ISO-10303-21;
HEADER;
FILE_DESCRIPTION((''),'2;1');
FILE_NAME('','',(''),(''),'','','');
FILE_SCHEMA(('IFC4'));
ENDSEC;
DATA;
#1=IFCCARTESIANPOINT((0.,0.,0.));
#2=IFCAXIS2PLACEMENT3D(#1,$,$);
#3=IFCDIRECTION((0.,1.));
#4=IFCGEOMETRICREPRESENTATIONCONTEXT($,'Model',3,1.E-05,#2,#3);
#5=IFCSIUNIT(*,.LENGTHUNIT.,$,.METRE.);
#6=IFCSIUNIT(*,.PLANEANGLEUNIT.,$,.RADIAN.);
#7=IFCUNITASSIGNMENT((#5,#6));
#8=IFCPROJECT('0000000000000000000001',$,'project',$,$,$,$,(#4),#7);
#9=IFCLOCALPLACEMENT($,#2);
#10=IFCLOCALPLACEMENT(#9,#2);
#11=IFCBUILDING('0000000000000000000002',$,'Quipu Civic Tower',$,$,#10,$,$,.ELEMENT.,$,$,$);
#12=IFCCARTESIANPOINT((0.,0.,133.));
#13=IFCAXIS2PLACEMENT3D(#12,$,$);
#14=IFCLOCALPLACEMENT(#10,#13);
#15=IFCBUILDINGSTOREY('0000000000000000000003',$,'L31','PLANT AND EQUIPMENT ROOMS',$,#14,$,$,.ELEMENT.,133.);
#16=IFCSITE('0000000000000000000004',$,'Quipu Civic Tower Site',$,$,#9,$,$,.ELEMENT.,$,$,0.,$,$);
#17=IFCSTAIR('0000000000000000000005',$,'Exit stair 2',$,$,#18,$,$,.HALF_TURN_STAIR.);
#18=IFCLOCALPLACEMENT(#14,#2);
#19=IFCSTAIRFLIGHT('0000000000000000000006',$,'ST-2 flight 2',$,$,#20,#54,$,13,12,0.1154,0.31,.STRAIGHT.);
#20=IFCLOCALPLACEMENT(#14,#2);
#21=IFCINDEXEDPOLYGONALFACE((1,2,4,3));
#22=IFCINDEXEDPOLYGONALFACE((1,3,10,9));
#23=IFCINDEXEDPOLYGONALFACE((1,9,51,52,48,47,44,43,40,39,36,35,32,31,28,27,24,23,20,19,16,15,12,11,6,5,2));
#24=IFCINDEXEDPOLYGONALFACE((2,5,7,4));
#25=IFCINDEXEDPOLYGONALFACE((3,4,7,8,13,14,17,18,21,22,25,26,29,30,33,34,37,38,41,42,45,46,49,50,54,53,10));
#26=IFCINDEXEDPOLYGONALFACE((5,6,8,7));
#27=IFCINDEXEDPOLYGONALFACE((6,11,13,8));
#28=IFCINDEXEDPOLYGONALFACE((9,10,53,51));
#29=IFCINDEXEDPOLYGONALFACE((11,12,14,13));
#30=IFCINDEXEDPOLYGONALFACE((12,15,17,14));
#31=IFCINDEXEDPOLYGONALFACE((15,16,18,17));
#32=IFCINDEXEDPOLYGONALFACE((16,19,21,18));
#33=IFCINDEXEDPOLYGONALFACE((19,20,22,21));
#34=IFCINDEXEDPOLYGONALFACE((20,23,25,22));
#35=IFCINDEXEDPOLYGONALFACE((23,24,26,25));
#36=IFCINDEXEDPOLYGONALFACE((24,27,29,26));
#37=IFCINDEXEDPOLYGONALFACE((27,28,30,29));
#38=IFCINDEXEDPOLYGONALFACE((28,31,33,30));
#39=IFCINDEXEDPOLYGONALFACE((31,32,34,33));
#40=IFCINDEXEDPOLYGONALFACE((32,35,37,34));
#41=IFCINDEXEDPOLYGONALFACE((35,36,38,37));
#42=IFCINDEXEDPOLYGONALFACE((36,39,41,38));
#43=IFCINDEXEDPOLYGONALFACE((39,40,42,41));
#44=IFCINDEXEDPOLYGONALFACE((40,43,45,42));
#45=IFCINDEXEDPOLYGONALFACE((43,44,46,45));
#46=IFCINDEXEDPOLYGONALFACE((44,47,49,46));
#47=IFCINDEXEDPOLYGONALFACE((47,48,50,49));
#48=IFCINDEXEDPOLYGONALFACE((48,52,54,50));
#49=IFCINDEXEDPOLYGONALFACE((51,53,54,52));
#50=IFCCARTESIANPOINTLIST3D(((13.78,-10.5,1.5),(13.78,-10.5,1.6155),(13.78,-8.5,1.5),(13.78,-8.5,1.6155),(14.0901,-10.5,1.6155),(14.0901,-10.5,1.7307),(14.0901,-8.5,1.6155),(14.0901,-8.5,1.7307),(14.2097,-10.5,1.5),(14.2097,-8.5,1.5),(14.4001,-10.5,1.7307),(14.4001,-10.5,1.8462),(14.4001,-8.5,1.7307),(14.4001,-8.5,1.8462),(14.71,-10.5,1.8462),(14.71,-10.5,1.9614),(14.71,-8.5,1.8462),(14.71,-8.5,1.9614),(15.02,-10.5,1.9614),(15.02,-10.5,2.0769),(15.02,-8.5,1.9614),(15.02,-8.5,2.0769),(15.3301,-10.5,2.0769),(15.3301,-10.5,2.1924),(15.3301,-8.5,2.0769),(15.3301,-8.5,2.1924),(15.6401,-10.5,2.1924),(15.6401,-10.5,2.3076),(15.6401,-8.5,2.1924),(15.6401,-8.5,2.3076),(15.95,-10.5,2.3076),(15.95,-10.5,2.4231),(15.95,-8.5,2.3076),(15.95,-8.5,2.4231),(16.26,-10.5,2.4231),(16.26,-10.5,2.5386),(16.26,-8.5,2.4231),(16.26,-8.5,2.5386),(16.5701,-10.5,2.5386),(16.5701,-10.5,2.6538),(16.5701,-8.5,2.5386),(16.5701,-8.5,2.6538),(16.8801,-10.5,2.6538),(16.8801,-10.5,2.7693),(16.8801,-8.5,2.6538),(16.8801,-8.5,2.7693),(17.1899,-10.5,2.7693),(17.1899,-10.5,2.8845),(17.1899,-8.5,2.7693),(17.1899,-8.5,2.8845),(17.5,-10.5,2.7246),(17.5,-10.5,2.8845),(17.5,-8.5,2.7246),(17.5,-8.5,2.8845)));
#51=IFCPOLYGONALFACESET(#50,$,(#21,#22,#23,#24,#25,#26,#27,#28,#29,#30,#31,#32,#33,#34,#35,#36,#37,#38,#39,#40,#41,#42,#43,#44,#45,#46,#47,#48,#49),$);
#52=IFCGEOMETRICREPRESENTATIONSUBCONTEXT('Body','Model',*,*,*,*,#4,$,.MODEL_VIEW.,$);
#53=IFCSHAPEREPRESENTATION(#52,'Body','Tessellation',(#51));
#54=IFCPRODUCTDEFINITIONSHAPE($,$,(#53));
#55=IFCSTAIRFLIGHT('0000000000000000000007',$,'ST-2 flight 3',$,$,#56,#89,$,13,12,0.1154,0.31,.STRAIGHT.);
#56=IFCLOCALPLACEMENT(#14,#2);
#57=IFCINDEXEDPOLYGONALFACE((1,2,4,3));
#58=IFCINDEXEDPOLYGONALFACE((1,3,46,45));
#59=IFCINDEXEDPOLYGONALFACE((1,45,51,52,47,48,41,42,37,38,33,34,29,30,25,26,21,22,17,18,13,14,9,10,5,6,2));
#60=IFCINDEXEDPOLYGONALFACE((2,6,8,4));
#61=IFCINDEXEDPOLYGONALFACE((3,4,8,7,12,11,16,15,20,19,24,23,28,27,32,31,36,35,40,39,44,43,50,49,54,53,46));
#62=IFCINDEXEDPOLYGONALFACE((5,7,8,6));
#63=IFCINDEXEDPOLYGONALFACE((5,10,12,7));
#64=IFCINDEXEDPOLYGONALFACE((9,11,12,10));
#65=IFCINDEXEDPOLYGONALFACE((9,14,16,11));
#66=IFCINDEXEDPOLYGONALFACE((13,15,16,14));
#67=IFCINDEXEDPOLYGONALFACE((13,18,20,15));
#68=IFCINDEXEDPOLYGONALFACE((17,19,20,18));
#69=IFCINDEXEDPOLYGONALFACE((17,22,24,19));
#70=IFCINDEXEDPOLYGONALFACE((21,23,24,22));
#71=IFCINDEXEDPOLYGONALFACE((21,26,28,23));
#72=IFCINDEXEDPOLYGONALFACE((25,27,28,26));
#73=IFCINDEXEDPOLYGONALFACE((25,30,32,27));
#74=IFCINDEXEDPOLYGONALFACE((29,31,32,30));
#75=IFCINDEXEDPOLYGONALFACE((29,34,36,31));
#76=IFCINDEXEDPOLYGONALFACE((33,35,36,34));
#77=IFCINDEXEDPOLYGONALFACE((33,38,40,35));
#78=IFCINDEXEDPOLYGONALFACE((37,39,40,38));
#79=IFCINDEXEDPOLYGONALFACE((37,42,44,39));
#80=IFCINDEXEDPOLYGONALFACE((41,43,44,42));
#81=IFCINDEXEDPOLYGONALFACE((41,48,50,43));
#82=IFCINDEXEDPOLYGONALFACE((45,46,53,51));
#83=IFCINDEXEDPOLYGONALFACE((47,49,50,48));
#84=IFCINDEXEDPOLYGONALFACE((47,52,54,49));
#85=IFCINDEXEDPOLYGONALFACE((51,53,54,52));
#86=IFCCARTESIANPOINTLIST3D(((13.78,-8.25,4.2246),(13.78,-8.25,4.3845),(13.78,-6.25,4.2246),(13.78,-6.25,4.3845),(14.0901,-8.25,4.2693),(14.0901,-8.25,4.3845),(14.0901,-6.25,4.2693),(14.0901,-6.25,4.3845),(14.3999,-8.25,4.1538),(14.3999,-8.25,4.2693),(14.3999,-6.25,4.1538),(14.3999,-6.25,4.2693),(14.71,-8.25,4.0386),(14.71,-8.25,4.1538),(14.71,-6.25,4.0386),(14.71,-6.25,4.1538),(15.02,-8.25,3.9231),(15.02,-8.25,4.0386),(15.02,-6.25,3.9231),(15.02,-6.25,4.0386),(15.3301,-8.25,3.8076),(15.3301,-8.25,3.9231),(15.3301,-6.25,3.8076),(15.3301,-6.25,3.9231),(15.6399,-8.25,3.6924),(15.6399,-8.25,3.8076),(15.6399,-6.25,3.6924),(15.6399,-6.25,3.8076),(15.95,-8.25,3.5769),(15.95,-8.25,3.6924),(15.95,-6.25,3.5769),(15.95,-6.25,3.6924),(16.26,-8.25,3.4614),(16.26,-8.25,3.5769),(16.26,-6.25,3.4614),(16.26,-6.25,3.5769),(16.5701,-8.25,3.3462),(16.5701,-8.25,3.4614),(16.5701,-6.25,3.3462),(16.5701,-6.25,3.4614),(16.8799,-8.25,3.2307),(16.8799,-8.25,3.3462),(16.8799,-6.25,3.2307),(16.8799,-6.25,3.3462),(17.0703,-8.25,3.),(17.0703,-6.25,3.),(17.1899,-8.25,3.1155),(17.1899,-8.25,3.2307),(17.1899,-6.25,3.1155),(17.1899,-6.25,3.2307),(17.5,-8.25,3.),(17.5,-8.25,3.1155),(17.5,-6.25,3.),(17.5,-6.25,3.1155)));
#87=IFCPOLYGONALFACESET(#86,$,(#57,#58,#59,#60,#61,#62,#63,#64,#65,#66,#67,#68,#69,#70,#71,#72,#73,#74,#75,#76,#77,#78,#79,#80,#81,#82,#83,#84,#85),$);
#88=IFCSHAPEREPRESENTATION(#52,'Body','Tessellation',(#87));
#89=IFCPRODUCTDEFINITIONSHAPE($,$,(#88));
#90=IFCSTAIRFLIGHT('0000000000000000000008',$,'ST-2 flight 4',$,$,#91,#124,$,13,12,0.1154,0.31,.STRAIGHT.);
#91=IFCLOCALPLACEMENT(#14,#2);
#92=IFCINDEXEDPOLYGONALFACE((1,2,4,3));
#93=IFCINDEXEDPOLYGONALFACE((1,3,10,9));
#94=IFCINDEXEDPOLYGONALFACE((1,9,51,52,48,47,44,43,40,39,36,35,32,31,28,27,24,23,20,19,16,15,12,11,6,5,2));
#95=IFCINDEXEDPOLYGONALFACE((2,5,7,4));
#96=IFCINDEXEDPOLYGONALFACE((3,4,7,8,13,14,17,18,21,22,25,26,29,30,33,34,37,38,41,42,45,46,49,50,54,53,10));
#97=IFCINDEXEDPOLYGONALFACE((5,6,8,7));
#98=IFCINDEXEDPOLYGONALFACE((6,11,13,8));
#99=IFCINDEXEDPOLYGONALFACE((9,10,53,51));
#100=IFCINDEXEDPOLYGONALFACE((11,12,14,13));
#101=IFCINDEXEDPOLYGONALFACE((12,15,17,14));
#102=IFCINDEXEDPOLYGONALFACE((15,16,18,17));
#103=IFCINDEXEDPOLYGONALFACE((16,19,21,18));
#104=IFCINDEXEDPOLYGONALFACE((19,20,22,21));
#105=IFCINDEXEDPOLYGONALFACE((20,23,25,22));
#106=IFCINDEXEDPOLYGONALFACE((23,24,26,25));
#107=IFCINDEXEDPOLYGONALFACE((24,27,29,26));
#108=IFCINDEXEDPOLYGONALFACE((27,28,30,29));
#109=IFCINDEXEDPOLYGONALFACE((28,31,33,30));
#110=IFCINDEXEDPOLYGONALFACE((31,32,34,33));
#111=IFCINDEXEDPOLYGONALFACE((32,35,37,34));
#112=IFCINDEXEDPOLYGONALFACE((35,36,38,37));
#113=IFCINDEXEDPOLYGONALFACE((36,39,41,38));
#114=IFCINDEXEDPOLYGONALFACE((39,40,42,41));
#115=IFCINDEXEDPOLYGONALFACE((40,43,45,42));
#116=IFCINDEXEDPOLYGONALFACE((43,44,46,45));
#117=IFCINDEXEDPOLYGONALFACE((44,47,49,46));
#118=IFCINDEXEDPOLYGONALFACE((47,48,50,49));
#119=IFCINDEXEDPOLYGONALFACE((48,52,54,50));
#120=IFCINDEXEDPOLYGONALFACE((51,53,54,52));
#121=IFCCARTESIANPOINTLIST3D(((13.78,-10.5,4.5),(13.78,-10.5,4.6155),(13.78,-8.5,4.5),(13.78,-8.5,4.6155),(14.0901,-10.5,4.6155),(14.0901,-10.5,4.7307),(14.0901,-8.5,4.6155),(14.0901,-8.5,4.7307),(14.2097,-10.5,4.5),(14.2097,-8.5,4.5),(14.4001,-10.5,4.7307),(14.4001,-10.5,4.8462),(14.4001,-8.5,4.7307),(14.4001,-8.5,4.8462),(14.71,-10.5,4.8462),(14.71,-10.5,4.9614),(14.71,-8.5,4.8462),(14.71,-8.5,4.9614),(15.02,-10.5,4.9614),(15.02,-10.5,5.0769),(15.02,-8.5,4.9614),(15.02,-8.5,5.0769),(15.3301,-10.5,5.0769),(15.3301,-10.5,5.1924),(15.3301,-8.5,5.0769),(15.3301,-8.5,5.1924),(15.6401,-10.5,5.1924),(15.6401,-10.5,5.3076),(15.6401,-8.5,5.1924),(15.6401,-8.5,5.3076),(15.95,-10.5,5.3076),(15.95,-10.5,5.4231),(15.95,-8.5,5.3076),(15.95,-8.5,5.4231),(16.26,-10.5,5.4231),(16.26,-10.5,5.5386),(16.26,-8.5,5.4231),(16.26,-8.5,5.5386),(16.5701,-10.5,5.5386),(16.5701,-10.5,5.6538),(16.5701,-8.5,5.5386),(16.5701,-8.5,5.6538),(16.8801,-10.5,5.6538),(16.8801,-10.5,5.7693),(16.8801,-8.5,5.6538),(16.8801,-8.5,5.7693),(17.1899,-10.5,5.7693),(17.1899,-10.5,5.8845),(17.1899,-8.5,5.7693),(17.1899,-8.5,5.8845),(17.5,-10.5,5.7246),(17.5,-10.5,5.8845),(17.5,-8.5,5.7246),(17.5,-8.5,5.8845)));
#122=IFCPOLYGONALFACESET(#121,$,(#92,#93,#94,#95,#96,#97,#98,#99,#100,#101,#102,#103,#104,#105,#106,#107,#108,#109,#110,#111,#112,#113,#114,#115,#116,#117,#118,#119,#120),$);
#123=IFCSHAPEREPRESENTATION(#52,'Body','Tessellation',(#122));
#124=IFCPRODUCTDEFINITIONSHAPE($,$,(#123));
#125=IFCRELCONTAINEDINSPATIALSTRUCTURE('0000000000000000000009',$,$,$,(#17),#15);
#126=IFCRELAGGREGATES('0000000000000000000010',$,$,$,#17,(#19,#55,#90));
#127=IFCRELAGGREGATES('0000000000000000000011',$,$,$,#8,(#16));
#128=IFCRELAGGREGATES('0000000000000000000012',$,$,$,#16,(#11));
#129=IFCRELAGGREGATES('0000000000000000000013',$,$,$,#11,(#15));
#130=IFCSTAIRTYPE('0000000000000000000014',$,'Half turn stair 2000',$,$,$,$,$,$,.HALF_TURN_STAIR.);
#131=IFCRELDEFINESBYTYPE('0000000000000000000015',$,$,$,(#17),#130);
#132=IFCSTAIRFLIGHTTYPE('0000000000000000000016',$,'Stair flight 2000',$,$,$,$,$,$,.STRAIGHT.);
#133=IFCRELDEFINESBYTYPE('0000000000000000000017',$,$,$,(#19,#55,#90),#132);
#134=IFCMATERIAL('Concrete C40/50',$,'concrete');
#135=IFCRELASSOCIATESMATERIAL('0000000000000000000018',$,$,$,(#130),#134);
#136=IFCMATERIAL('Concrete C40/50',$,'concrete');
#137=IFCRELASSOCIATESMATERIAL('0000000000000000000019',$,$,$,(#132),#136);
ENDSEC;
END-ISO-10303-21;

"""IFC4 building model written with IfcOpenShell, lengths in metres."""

from ifc_helpers import new_model, si_unit, direction, frame, origin, place, context, subcontext, project, spatial, polyline, outline, extrude, material, type_object, element, aggregate, save


model = new_model("IFC4")

# Units and contexts
model_context = context("Model", 3, precision=1e-05, world=origin(), true_north=direction((0.0, 1.0)))
body_context = subcontext(model_context, "Body", "Model", "MODEL_VIEW")
ifc_project = project(units=[si_unit("LENGTHUNIT", "METRE"), si_unit("PLANEANGLEUNIT", "RADIAN")], contexts=[model_context])

# Site, building, storey
site_placement = place(None, origin())
site = spatial("IfcSite", under=ifc_project, at=site_placement, Name="Quipu Civic Tower Site", CompositionType="ELEMENT", RefElevation=0.0)
building_placement = place(site_placement, origin())
building = spatial("IfcBuilding", under=site, at=building_placement, Name="Quipu Civic Tower", CompositionType="ELEMENT")
storey_placement = place(building_placement, frame((0.0, 0.0, 133.0)))
storey = spatial("IfcBuildingStorey", under=building, at=storey_placement, Name="L31", Description="PLANT AND EQUIPMENT ROOMS", CompositionType="ELEMENT", Elevation=133.0)

# Stair, stair flights
ifc_material_1 = material(Name="Concrete C40/50", Category="concrete")
stair_type = type_object("IfcStairType", Name="Half turn stair 2000", PredefinedType="HALF_TURN_STAIR", material=ifc_material_1)
stair_placement = place(storey_placement, origin())
stair = element("IfcStair", 1, at=stair_placement, inside=storey, type_object=stair_type, Name="Exit stair 2", PredefinedType="HALF_TURN_STAIR")
ifc_material_2 = material(Name="Concrete C40/50", Category="concrete")
stair_flight_type = type_object("IfcStairFlightType", Name="Stair flight 2000", PredefinedType="STRAIGHT", material=ifc_material_2)
stair_flight_1_placement = place(storey_placement, frame((13.78, -9.5, 1.5), z_axis=(0.0, 0.0, 1.0), x_axis=(1.0, 0.0, 0.0)))
stair_flight_1 = element("IfcStairFlight", 2, at=stair_flight_1_placement, type_object=stair_flight_type, Name="ST-2 flight 2", NumberOfRisers=13, NumberOfTreads=12, PredefinedType="STRAIGHT", RiserHeight=0.1154, TreadLength=0.31, context=body_context, shape_type="SweptSolid", body=[
    extrude(outline(polyline([(0.0, 0.0), (0.0, 0.1155), (0.3101, 0.1155), (0.3101, 0.2307), (0.6201, 0.2307), (0.6201, 0.3462), (0.9299, 0.3462), (0.9299, 0.4614), (1.24, 0.4614), (1.24, 0.5769), (1.55, 0.5769), (1.55, 0.6924), (1.8601, 0.6924), (1.8601, 0.8076), (2.1699, 0.8076), (2.1699, 0.9231), (2.48, 0.9231), (2.48, 1.0386), (2.79, 1.0386), (2.79, 1.1538), (3.1001, 1.1538), (3.1001, 1.2693), (3.4099, 1.2693), (3.4099, 1.3845), (3.72, 1.3845), (3.72, 1.5), (3.72, 1.2246), (0.4297, 0.0), (0.0, 0.0)])), frame((0.0, 1.0, 0.0), z_axis=(0.0, -1.0, 0.0), x_axis=(1.0, 0.0, 0.0)), (0.0, 0.0, 1.0), 2.0),
])
stair_flight_2_placement = place(storey_placement, frame((17.5, -7.25, 3.0), z_axis=(0.0, 0.0, 1.0), x_axis=(-1.0, 0.0, 0.0)))
stair_flight_2 = element("IfcStairFlight", 3, at=stair_flight_2_placement, type_object=stair_flight_type, Name="ST-2 flight 3", NumberOfRisers=13, NumberOfTreads=12, PredefinedType="STRAIGHT", RiserHeight=0.1154, TreadLength=0.31, context=body_context, shape_type="SweptSolid", body=[
    extrude(outline(polyline([(0.0, 0.0), (0.0, 0.1155), (0.3101, 0.1155), (0.3101, 0.2307), (0.6201, 0.2307), (0.6201, 0.3462), (0.9299, 0.3462), (0.9299, 0.4614), (1.24, 0.4614), (1.24, 0.5769), (1.55, 0.5769), (1.55, 0.6924), (1.8601, 0.6924), (1.8601, 0.8076), (2.1699, 0.8076), (2.1699, 0.9231), (2.48, 0.9231), (2.48, 1.0386), (2.79, 1.0386), (2.79, 1.1538), (3.1001, 1.1538), (3.1001, 1.2693), (3.4099, 1.2693), (3.4099, 1.3845), (3.72, 1.3845), (3.72, 1.5), (3.72, 1.2246), (0.4297, 0.0), (0.0, 0.0)])), frame((0.0, 1.0, 0.0), z_axis=(0.0, -1.0, 0.0), x_axis=(1.0, 0.0, 0.0)), (0.0, 0.0, 1.0), 2.0),
])
stair_flight_3_placement = place(storey_placement, frame((13.78, -9.5, 4.5), z_axis=(0.0, 0.0, 1.0), x_axis=(1.0, 0.0, 0.0)))
stair_flight_3 = element("IfcStairFlight", 4, at=stair_flight_3_placement, type_object=stair_flight_type, Name="ST-2 flight 4", NumberOfRisers=13, NumberOfTreads=12, PredefinedType="STRAIGHT", RiserHeight=0.1154, TreadLength=0.31, context=body_context, shape_type="SweptSolid", body=[
    extrude(outline(polyline([(0.0, 0.0), (0.0, 0.1155), (0.3101, 0.1155), (0.3101, 0.2307), (0.6201, 0.2307), (0.6201, 0.3462), (0.9299, 0.3462), (0.9299, 0.4614), (1.24, 0.4614), (1.24, 0.5769), (1.55, 0.5769), (1.55, 0.6924), (1.8601, 0.6924), (1.8601, 0.8076), (2.1699, 0.8076), (2.1699, 0.9231), (2.48, 0.9231), (2.48, 1.0386), (2.79, 1.0386), (2.79, 1.1538), (3.1001, 1.1538), (3.1001, 1.2693), (3.4099, 1.2693), (3.4099, 1.3845), (3.72, 1.3845), (3.72, 1.5), (3.72, 1.2246), (0.4297, 0.0), (0.0, 0.0)])), frame((0.0, 1.0, 0.0), z_axis=(0.0, -1.0, 0.0), x_axis=(1.0, 0.0, 0.0)), (0.0, 0.0, 1.0), 2.0),
])
aggregate(stair, [stair_flight_1, stair_flight_2, stair_flight_3])

save(model, "model.ifc")
